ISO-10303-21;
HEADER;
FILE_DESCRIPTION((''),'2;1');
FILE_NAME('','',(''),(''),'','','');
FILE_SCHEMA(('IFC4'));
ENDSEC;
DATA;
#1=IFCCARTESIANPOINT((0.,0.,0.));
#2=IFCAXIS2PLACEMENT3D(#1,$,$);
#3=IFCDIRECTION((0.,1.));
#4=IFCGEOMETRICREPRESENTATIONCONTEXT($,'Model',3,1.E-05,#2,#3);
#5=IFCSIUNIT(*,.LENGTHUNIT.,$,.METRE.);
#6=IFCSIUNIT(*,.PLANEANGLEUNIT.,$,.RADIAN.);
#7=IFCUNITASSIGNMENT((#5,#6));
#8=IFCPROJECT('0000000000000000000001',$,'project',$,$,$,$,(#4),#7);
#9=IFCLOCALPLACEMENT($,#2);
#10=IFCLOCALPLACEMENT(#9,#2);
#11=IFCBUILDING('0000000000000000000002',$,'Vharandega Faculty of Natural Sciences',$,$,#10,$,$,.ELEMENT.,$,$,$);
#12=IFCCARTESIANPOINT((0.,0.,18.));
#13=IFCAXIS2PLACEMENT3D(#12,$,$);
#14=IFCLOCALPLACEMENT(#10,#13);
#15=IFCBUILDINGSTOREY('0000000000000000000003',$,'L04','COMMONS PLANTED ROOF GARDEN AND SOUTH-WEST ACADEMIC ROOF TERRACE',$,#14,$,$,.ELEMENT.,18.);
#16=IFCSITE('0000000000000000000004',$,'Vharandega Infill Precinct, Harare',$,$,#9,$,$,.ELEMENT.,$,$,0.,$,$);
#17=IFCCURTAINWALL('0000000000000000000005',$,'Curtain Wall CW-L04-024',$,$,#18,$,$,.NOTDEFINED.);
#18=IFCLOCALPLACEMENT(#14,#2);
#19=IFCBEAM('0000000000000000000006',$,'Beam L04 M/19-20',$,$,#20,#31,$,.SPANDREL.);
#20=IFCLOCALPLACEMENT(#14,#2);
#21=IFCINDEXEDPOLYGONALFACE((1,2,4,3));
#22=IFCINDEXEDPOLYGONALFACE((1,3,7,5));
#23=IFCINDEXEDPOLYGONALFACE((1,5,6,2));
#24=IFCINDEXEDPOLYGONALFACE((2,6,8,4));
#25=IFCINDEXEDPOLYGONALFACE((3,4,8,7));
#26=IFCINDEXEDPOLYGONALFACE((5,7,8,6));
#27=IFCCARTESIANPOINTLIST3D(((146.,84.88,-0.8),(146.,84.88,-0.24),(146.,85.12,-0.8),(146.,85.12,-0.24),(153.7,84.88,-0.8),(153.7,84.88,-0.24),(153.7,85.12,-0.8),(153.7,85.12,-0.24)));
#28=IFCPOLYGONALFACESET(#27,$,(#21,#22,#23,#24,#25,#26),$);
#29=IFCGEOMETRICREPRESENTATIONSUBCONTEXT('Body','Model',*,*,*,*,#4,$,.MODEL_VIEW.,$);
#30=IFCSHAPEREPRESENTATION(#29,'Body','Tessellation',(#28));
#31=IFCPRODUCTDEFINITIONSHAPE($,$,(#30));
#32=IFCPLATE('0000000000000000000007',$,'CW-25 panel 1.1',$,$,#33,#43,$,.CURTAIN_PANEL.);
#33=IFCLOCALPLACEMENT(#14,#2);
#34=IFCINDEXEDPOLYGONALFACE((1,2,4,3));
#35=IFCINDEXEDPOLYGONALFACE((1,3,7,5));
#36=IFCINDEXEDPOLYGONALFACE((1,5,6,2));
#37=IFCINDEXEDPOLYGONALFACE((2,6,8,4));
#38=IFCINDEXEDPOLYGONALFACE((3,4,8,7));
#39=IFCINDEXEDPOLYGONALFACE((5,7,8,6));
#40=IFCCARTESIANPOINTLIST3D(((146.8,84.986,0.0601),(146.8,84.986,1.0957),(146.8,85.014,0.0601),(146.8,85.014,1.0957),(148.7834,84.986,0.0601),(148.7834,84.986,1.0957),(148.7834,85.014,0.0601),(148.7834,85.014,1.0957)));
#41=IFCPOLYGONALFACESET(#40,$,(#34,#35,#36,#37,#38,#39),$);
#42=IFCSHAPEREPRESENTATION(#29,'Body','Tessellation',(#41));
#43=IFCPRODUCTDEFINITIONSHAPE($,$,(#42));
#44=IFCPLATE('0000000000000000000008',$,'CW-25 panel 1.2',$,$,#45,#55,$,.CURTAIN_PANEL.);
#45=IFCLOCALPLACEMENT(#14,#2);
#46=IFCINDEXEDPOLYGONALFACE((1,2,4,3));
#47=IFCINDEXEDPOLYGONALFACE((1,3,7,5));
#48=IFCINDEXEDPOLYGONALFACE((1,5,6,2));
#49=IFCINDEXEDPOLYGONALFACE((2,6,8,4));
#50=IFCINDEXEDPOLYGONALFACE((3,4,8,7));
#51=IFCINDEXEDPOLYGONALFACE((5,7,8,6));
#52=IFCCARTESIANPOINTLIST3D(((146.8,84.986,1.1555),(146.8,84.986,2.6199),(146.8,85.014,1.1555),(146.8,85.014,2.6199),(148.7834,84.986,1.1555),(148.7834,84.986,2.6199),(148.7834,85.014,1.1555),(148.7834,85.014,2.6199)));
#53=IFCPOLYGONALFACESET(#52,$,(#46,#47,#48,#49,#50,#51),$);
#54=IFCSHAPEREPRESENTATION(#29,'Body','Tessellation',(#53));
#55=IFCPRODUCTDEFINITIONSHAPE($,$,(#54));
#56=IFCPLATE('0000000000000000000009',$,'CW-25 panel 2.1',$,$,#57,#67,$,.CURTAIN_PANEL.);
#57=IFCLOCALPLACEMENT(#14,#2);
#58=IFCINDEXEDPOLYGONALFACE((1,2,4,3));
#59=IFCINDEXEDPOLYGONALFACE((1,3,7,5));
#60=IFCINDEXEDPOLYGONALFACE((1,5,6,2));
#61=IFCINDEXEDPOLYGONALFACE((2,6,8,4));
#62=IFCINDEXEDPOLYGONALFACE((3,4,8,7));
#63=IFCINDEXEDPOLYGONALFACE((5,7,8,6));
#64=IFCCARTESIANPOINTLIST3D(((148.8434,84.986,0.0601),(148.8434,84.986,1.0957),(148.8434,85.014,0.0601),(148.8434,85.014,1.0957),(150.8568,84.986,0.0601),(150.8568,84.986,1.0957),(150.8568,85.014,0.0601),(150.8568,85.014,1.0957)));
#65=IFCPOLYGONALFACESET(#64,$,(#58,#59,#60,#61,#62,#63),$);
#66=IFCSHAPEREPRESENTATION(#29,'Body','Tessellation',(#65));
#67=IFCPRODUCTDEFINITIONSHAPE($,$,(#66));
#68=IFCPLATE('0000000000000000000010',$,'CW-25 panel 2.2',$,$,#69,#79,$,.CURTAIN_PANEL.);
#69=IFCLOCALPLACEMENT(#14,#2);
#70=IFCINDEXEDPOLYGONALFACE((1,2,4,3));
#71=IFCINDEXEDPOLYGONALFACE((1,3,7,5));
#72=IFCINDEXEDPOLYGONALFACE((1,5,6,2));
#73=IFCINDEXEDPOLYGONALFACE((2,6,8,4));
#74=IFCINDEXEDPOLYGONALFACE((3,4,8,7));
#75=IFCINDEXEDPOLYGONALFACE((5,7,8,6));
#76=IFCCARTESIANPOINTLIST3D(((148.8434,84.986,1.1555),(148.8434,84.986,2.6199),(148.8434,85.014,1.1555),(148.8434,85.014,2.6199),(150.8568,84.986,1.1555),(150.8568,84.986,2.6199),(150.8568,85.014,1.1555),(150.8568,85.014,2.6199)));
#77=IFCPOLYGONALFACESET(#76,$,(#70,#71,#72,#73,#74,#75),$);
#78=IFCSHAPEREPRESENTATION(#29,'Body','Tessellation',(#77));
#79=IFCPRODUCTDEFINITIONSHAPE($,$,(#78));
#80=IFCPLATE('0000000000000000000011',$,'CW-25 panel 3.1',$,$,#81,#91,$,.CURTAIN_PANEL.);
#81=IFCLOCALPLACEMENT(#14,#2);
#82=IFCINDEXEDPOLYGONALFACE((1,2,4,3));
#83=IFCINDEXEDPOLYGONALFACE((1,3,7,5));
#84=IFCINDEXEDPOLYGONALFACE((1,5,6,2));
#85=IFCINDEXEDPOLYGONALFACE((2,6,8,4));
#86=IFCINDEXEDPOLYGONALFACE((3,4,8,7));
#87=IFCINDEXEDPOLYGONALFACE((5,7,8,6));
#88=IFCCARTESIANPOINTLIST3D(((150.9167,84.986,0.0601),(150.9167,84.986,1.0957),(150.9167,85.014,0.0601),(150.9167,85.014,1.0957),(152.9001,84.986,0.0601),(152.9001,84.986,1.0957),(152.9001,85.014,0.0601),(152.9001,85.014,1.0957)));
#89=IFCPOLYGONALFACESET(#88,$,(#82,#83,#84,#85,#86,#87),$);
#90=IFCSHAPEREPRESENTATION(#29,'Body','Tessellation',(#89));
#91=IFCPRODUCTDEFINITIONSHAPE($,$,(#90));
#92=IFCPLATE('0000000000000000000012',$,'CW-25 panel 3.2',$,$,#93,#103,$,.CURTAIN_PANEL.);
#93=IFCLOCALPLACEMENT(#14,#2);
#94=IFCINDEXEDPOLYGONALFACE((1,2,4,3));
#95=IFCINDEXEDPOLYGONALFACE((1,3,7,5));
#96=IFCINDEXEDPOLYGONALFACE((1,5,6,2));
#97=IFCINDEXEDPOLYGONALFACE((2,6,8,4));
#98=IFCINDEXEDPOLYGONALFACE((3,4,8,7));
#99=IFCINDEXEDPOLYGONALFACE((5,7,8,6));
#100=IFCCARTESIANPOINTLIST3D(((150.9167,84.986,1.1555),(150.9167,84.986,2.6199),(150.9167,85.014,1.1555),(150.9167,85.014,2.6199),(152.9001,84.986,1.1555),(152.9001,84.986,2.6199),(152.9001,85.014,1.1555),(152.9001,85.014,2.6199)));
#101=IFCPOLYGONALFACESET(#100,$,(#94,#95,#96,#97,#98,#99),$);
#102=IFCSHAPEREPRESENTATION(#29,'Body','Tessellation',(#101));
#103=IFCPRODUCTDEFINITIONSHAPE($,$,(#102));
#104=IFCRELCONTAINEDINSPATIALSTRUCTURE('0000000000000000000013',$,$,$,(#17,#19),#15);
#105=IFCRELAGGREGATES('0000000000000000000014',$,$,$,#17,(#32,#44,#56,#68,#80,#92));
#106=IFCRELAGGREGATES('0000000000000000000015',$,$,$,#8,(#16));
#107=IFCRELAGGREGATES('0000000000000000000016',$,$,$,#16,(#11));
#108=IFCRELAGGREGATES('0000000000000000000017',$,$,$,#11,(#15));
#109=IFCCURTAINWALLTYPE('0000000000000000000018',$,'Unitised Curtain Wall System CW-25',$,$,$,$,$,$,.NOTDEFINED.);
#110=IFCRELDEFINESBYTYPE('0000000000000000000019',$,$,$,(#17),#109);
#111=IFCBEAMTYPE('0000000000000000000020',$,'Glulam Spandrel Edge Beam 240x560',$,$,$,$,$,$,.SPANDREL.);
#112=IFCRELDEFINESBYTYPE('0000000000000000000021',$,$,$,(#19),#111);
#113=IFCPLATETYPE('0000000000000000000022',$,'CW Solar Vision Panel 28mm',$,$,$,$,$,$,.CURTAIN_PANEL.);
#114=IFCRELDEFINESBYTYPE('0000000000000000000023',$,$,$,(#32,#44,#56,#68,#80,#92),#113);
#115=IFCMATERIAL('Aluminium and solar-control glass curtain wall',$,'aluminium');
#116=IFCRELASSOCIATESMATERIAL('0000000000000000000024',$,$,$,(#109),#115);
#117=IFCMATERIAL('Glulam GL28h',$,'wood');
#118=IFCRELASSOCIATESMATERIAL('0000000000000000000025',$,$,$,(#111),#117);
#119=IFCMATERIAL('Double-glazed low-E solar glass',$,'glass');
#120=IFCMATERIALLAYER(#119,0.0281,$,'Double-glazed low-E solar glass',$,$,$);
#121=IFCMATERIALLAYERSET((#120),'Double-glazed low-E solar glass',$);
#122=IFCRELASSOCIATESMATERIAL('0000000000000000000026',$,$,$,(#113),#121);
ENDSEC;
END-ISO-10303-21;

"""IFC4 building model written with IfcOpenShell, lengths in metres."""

from ifc_helpers import new_model, si_unit, direction, frame, origin, origin_2d, place, context, subcontext, project, spatial, rectangle, extrude, material, layer, layer_set, material_profile, profile_set, type_object, element, aggregate, save


model = new_model("IFC4")

# Units and contexts
model_context = context("Model", 3, precision=1e-05, world=origin(), true_north=direction((0.0, 1.0)))
body_context = subcontext(model_context, "Body", "Model", "MODEL_VIEW")
ifc_project = project(units=[si_unit("LENGTHUNIT", "METRE"), si_unit("PLANEANGLEUNIT", "RADIAN")], contexts=[model_context])

# Site, building, storey
site_placement = place(None, origin())
site = spatial("IfcSite", under=ifc_project, at=site_placement, Name="Vharandega Infill Precinct, Harare", CompositionType="ELEMENT", RefElevation=0.0)
building_placement = place(site_placement, origin())
building = spatial("IfcBuilding", under=site, at=building_placement, Name="Vharandega Faculty of Natural Sciences", CompositionType="ELEMENT")
storey_placement = place(building_placement, frame((0.0, 0.0, 18.0)))
storey = spatial("IfcBuildingStorey", under=building, at=storey_placement, Name="L04", Description="COMMONS PLANTED ROOF GARDEN AND SOUTH-WEST ACADEMIC ROOF TERRACE", CompositionType="ELEMENT", Elevation=18.0)

# Curtain wall
ifc_material_1 = material(Name="Aluminium and solar-control glass curtain wall", Category="aluminium")
curtain_wall_type = type_object("IfcCurtainWallType", Name="Unitised Curtain Wall System CW-25", PredefinedType="NOTDEFINED", material=ifc_material_1)
curtain_wall_placement = place(storey_placement, origin())
curtain_wall = element("IfcCurtainWall", 1, at=curtain_wall_placement, inside=storey, type_object=curtain_wall_type, Name="Curtain Wall CW-L04-024", PredefinedType="NOTDEFINED")

# Beam
ifc_material_2 = material(Name="Glulam GL28h", Category="wood")
ifc_material_profile_1 = material_profile(ifc_material_2, rectangle(XDim=0.24, YDim=0.5601, at=origin_2d()), Name="GL28h 240x560")
ifc_profile_set_1 = profile_set([ifc_material_profile_1], Name="Glulam GL28h")
beam_type = type_object("IfcBeamType", Name="Glulam Spandrel Edge Beam 240x560", PredefinedType="SPANDREL", material=ifc_profile_set_1)
beam_placement = place(storey_placement, frame((146.0, 85.0, -0.52), z_axis=(1.0, 0.0, 0.0), x_axis=(0.0, 1.0, 0.0)))
element("IfcBeam", 2, at=beam_placement, inside=storey, type_object=beam_type, Name="Beam L04 M/19-20", PredefinedType="SPANDREL", context=body_context, shape_type="SweptSolid", body=[
    extrude(rectangle(XDim=0.24, YDim=0.5601, at=origin_2d()), origin(), (0.0, 0.0, 1.0), 7.7),
])

# Plates
ifc_material_3 = material(Name="Double-glazed low-E solar glass", Category="glass")
ifc_layer = layer(ifc_material_3, 0.0281, Name="Double-glazed low-E solar glass")
ifc_layer_set = layer_set([ifc_layer], Name="Double-glazed low-E solar glass")
plate_type = type_object("IfcPlateType", Name="CW Solar Vision Panel 28mm", PredefinedType="CURTAIN_PANEL", material=ifc_layer_set)
plate_1_placement = place(storey_placement, frame((147.7917, 85.0, 0.0601), z_axis=(0.0, 0.0, 1.0), x_axis=(1.0, 0.0, 0.0)))
plate_1 = element("IfcPlate", 3, at=plate_1_placement, type_object=plate_type, Name="CW-25 panel 1.1", PredefinedType="CURTAIN_PANEL", context=body_context, shape_type="SweptSolid", body=[
    extrude(rectangle(XDim=1.9834, YDim=0.0281, at=origin_2d()), origin(), (0.0, 0.0, 1.0), 1.0356),
])
plate_2_placement = place(storey_placement, frame((147.7917, 85.0, 1.1555), z_axis=(0.0, 0.0, 1.0), x_axis=(1.0, 0.0, 0.0)))
plate_2 = element("IfcPlate", 4, at=plate_2_placement, type_object=plate_type, Name="CW-25 panel 1.2", PredefinedType="CURTAIN_PANEL", context=body_context, shape_type="SweptSolid", body=[
    extrude(rectangle(XDim=1.9834, YDim=0.0281, at=origin_2d()), origin(), (0.0, 0.0, 1.0), 1.4644),
])
plate_3_placement = place(storey_placement, frame((149.8501, 85.0, 0.0601), z_axis=(0.0, 0.0, 1.0), x_axis=(1.0, 0.0, 0.0)))
plate_3 = element("IfcPlate", 5, at=plate_3_placement, type_object=plate_type, Name="CW-25 panel 2.1", PredefinedType="CURTAIN_PANEL", context=body_context, shape_type="SweptSolid", body=[
    extrude(rectangle(XDim=2.0134, YDim=0.0281, at=origin_2d()), origin(), (0.0, 0.0, 1.0), 1.0356),
])
plate_4_placement = place(storey_placement, frame((149.8501, 85.0, 1.1555), z_axis=(0.0, 0.0, 1.0), x_axis=(1.0, 0.0, 0.0)))
plate_4 = element("IfcPlate", 6, at=plate_4_placement, type_object=plate_type, Name="CW-25 panel 2.2", PredefinedType="CURTAIN_PANEL", context=body_context, shape_type="SweptSolid", body=[
    extrude(rectangle(XDim=2.0134, YDim=0.0281, at=origin_2d()), origin(), (0.0, 0.0, 1.0), 1.4644),
])
plate_5_placement = place(storey_placement, frame((151.9084, 85.0, 0.0601), z_axis=(0.0, 0.0, 1.0), x_axis=(1.0, 0.0, 0.0)))
plate_5 = element("IfcPlate", 7, at=plate_5_placement, type_object=plate_type, Name="CW-25 panel 3.1", PredefinedType="CURTAIN_PANEL", context=body_context, shape_type="SweptSolid", body=[
    extrude(rectangle(XDim=1.9834, YDim=0.0281, at=origin_2d()), origin(), (0.0, 0.0, 1.0), 1.0356),
])
plate_6_placement = place(storey_placement, frame((151.9084, 85.0, 1.1555), z_axis=(0.0, 0.0, 1.0), x_axis=(1.0, 0.0, 0.0)))
plate_6 = element("IfcPlate", 8, at=plate_6_placement, type_object=plate_type, Name="CW-25 panel 3.2", PredefinedType="CURTAIN_PANEL", context=body_context, shape_type="SweptSolid", body=[
    extrude(rectangle(XDim=1.9834, YDim=0.0281, at=origin_2d()), origin(), (0.0, 0.0, 1.0), 1.4644),
])
aggregate(curtain_wall, [plate_1, plate_2, plate_3, plate_4, plate_5, plate_6])

save(model, "model.ifc")
